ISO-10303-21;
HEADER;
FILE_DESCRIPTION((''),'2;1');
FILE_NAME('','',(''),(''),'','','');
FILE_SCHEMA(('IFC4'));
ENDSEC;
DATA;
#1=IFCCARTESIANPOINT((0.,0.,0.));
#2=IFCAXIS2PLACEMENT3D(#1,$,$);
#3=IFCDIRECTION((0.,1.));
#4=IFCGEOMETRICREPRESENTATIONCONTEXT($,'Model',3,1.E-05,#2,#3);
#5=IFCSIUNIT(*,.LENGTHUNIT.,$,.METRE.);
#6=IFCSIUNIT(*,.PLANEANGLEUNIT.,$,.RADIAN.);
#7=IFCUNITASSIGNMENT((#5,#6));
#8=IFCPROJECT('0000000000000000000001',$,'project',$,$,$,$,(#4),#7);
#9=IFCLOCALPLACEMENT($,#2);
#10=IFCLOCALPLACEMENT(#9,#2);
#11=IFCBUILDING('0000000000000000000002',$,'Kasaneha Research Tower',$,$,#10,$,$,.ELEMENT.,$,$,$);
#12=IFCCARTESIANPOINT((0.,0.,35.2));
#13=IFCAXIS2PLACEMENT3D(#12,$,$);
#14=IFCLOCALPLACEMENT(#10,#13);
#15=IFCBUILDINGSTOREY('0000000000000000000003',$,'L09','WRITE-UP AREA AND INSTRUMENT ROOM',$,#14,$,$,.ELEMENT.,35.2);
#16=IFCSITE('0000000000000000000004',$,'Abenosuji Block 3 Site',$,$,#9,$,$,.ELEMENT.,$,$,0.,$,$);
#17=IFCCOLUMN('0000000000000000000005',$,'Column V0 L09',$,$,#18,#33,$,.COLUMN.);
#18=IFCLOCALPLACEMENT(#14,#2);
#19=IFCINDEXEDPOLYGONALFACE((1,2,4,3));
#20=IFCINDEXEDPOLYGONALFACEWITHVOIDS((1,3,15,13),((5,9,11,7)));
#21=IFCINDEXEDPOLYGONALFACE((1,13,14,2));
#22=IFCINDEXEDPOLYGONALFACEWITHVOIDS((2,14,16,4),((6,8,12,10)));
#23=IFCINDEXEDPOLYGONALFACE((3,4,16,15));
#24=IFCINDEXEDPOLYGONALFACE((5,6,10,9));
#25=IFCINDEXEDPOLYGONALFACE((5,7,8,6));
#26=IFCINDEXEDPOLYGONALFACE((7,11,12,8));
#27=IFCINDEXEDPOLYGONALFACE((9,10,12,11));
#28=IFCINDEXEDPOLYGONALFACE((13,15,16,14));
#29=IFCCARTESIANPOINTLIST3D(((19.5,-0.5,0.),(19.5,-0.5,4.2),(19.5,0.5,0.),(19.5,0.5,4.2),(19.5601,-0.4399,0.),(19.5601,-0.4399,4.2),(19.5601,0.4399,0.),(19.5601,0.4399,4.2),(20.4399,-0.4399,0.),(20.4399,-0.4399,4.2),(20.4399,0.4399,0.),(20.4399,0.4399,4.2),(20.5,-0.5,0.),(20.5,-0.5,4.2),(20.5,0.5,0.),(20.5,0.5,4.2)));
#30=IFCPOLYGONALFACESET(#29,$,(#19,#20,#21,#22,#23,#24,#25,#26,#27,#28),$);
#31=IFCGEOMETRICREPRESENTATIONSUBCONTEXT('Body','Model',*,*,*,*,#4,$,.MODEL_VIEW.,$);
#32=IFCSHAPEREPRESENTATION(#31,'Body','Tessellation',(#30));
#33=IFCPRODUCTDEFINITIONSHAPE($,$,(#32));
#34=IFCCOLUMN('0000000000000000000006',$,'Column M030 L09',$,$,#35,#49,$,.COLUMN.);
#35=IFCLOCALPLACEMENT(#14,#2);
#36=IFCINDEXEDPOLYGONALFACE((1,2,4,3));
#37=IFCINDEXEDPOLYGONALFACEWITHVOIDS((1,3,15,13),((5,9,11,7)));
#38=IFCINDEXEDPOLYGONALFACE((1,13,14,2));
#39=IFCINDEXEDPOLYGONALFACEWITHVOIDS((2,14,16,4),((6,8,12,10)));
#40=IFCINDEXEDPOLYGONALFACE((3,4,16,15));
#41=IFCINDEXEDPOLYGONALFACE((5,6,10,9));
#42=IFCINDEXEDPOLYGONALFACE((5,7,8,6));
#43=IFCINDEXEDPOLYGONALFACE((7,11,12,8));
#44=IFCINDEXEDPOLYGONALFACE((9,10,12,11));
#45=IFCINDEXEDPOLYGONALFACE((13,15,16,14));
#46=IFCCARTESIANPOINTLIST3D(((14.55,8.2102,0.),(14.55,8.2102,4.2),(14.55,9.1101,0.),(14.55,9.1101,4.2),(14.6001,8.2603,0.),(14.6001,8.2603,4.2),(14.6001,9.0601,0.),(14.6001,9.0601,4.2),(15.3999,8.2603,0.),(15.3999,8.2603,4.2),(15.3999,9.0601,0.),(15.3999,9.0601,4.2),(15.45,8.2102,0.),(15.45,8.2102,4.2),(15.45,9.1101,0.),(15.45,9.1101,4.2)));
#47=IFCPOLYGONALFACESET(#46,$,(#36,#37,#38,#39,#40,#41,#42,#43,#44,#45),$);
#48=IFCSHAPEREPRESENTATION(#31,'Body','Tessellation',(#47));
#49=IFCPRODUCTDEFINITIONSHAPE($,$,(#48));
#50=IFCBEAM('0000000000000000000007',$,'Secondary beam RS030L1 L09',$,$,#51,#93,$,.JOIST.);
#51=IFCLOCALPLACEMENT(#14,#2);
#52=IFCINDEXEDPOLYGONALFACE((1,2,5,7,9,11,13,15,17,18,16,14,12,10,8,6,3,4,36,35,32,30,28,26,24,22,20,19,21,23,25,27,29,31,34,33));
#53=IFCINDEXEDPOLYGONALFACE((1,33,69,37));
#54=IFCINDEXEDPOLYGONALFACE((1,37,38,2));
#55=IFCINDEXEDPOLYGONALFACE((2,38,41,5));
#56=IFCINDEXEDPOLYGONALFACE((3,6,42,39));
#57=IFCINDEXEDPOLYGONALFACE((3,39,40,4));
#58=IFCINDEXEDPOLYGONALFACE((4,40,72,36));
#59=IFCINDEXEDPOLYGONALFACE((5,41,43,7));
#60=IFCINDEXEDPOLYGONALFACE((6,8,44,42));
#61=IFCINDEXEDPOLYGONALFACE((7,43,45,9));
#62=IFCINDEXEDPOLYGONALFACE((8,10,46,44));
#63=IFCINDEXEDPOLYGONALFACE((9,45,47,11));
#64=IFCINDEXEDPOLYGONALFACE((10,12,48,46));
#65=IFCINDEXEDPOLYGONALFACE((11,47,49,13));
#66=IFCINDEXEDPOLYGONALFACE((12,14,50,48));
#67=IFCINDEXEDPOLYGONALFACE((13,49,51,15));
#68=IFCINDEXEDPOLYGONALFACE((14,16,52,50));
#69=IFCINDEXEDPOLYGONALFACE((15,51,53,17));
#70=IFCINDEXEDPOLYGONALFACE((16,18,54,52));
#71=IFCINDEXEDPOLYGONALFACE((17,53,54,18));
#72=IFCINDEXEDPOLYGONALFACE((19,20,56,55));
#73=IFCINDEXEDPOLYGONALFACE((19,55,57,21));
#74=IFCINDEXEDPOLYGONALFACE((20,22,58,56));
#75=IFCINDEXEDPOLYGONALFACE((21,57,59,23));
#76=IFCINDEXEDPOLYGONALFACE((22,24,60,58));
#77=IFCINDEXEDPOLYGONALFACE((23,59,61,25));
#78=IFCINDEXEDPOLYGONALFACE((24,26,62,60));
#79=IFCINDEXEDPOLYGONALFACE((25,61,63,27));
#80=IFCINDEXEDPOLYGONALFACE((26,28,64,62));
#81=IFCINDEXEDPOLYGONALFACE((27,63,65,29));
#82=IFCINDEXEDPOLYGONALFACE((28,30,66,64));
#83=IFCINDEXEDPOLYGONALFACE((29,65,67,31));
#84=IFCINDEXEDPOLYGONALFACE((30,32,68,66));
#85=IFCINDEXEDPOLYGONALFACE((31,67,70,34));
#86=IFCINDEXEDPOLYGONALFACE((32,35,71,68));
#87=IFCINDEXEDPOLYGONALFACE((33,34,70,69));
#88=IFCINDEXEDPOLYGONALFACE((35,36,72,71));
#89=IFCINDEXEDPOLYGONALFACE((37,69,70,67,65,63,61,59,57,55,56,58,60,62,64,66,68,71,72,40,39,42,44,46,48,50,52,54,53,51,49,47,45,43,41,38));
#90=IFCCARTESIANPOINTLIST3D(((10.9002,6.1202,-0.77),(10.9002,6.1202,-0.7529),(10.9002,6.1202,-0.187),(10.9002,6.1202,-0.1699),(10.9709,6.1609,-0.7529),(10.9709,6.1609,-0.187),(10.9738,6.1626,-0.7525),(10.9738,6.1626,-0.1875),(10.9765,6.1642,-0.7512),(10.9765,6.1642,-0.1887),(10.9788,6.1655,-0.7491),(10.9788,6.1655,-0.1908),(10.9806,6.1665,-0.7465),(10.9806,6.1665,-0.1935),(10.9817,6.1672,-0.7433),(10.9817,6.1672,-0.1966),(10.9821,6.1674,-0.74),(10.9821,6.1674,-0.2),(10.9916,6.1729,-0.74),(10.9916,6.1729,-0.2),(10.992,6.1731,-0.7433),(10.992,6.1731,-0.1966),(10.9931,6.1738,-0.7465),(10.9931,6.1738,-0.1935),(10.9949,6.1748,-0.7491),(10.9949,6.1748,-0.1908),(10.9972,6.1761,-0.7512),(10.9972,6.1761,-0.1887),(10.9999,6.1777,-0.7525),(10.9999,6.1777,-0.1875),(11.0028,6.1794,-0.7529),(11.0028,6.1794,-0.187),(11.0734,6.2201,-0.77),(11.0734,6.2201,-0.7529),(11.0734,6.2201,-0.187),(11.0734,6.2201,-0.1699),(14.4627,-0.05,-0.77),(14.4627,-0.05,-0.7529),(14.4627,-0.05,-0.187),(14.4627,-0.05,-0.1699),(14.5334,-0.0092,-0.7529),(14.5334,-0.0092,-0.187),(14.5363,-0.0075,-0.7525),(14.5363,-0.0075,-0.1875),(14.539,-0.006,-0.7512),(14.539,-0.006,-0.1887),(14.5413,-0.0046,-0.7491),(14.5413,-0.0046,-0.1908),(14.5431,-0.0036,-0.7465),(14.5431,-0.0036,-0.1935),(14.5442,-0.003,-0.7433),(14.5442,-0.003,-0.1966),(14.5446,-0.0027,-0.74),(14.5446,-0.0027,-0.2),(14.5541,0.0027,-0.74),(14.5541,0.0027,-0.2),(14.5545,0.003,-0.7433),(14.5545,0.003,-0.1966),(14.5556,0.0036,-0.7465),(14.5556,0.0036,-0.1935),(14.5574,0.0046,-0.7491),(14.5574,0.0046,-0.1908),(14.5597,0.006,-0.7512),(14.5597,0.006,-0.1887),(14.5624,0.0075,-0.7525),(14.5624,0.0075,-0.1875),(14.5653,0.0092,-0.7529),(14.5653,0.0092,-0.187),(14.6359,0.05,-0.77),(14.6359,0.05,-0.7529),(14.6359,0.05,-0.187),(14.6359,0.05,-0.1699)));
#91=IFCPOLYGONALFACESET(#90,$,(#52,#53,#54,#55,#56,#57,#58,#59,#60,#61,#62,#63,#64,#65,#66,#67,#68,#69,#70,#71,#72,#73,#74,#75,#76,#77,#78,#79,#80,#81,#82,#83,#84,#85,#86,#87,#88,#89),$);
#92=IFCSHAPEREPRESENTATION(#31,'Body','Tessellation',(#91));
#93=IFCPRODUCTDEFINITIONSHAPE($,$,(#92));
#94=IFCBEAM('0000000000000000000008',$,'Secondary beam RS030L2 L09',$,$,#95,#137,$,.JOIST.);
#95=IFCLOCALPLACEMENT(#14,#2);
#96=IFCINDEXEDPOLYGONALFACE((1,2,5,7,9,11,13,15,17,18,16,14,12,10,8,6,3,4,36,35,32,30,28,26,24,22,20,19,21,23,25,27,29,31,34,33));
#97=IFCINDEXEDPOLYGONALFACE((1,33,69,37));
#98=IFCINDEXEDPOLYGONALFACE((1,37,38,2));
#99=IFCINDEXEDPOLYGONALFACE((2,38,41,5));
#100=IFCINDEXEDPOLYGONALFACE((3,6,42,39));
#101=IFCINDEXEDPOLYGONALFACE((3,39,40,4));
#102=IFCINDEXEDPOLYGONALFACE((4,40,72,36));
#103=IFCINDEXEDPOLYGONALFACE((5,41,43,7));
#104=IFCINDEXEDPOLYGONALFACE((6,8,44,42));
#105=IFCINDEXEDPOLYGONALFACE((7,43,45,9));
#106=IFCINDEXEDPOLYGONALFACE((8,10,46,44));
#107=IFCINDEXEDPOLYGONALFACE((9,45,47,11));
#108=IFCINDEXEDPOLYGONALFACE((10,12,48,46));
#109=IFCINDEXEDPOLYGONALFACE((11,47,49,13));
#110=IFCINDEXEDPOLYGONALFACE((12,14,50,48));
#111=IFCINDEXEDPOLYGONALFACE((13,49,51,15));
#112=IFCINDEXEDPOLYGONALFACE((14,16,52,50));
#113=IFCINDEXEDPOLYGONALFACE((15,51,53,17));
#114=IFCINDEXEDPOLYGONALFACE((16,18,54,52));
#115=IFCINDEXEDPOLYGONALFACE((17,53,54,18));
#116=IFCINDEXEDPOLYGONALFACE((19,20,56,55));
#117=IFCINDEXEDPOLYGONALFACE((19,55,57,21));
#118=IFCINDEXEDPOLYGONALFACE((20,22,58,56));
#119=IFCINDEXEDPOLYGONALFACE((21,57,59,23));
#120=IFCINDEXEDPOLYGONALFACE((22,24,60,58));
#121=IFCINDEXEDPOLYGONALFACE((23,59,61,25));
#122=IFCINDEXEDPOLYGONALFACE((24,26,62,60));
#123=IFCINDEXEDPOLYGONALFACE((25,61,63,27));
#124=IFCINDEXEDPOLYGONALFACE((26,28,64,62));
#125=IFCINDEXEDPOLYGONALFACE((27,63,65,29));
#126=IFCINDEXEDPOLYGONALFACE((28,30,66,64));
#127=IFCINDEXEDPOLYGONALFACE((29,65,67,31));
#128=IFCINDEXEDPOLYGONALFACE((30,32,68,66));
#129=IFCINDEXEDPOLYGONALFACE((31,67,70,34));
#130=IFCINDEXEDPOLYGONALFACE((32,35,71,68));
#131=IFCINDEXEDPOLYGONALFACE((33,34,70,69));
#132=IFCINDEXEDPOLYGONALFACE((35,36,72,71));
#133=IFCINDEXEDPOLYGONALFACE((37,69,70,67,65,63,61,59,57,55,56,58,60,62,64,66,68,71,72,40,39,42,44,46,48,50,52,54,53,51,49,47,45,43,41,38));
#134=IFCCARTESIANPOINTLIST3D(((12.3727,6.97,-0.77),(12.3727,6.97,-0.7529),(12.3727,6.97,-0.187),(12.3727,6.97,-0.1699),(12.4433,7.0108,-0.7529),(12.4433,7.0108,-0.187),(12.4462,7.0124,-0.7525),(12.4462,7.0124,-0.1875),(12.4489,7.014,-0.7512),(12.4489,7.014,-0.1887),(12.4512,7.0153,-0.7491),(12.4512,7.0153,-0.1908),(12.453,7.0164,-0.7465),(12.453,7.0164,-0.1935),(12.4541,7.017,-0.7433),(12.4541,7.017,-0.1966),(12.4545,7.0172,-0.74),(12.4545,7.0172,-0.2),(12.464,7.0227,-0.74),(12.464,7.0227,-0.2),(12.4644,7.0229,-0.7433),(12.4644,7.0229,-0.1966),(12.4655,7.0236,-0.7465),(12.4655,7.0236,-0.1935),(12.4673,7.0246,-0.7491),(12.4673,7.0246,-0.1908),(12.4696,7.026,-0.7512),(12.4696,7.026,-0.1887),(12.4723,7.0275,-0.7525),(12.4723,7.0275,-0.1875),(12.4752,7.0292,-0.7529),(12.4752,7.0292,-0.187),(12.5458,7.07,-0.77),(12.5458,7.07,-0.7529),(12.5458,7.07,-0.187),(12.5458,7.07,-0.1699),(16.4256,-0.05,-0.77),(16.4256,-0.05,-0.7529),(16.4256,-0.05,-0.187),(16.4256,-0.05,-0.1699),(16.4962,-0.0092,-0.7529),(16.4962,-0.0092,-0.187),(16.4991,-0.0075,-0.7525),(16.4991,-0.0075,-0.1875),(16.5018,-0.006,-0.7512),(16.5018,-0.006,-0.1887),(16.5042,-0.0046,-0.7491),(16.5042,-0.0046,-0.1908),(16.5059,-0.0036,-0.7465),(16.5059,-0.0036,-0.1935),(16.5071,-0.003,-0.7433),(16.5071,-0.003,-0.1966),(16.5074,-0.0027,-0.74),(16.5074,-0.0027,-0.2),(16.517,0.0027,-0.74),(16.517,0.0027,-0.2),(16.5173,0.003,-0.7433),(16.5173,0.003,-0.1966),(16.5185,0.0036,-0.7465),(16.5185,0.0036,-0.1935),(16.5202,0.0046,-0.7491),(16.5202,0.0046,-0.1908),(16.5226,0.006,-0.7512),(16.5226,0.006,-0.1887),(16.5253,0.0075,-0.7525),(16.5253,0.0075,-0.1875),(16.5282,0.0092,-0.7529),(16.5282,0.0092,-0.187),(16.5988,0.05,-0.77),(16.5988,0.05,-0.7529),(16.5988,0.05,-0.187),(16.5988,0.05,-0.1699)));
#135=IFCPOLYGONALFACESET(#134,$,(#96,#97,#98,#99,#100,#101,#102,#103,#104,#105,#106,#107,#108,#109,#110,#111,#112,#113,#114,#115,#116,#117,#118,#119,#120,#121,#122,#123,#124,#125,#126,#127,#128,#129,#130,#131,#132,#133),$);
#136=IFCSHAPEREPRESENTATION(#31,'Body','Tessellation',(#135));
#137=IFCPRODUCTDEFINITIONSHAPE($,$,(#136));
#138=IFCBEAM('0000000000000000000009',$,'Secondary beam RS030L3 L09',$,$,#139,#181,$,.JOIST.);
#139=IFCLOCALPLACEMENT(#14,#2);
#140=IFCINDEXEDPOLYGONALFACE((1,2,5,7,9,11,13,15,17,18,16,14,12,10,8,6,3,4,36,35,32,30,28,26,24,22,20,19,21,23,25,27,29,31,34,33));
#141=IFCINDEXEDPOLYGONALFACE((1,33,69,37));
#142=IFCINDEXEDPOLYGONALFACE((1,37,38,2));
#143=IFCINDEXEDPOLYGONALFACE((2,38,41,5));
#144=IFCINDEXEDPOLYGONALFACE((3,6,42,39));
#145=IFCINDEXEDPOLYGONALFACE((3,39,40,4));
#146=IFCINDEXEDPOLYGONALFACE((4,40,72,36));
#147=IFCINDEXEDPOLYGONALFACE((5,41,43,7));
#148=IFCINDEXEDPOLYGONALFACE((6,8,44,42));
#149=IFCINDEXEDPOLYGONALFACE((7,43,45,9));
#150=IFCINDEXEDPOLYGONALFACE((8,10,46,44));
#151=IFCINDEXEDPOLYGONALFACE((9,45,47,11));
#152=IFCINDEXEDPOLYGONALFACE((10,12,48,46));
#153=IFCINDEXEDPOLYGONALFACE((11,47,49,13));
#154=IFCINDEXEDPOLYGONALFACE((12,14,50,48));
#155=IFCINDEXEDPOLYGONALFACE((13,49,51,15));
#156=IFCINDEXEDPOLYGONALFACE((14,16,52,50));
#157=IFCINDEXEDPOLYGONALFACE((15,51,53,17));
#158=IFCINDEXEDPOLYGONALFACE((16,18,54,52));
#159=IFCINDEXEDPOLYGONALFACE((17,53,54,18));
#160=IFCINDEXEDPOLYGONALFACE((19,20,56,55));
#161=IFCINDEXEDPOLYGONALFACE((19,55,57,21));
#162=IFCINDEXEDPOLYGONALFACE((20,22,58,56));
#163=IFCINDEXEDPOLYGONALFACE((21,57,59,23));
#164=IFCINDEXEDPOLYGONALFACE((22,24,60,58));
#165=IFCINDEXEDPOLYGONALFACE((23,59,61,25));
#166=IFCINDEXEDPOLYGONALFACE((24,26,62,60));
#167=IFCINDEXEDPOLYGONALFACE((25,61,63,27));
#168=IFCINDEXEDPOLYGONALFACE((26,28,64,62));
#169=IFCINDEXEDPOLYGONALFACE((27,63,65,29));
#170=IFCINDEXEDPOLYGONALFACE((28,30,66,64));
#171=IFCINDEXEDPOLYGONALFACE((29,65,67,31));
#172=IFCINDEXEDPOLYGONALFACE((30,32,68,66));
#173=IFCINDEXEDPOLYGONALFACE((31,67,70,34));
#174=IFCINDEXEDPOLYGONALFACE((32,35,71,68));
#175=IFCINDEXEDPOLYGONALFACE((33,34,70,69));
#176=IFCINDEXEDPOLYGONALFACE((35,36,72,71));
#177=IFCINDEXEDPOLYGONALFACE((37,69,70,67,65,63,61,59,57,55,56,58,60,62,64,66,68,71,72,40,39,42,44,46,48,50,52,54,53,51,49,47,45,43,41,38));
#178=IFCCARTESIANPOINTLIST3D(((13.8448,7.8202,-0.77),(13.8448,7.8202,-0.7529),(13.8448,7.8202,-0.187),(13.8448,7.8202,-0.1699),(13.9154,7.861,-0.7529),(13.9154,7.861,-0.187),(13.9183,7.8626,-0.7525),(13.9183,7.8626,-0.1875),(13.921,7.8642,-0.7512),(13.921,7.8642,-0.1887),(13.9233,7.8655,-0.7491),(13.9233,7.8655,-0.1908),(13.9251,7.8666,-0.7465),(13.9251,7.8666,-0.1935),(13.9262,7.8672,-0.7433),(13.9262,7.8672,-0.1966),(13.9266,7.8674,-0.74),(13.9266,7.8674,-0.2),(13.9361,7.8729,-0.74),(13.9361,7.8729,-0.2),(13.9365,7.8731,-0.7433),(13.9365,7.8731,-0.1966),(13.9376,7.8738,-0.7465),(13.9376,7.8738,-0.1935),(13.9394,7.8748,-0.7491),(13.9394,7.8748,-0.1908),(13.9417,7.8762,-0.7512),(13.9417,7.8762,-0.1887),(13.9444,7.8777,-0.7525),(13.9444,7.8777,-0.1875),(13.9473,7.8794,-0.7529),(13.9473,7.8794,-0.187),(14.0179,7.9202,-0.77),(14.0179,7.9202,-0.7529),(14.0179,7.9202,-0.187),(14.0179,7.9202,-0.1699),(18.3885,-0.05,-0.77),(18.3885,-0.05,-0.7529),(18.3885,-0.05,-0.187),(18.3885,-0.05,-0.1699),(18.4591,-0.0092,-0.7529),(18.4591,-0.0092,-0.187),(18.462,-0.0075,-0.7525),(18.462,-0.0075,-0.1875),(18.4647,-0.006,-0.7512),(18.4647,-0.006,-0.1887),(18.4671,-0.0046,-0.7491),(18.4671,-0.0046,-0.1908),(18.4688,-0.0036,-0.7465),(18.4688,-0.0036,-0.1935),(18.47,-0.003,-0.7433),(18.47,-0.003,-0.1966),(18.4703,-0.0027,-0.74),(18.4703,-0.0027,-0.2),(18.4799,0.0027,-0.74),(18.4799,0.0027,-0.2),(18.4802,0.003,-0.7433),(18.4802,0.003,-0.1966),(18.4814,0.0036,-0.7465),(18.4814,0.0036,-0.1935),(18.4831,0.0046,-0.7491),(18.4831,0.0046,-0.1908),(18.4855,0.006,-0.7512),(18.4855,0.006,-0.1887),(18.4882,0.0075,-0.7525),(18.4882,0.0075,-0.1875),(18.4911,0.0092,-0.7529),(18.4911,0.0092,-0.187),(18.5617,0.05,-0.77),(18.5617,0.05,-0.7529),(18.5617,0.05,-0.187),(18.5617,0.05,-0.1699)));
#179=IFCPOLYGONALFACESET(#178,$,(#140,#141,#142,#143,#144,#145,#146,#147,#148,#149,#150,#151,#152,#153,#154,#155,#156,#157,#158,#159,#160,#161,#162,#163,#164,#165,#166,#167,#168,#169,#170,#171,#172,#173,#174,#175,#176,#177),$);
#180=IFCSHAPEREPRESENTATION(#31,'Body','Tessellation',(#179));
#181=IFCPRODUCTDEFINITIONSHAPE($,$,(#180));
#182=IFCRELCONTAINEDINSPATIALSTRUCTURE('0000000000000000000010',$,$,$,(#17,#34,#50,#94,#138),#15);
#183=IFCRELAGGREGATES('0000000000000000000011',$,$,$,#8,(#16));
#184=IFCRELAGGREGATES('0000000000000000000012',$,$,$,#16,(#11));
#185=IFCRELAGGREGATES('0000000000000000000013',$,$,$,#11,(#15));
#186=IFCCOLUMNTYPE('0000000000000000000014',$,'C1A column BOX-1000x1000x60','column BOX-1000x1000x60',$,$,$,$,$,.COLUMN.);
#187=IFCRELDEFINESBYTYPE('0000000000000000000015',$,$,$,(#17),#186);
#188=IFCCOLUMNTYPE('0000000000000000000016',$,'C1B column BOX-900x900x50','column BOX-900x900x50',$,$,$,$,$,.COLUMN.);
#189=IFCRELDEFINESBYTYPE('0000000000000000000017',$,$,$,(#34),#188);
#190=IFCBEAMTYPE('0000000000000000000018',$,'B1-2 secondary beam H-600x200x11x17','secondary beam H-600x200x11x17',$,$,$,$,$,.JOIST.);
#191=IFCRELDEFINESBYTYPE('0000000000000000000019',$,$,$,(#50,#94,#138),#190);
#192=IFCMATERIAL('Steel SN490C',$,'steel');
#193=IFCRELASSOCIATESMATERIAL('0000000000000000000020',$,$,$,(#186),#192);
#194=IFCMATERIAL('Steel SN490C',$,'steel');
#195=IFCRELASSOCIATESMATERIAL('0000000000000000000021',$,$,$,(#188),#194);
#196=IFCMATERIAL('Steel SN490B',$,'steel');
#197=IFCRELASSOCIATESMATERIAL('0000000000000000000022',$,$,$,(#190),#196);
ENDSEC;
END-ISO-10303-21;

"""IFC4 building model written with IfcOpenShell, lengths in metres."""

from ifc_helpers import new_model, si_unit, direction, frame, origin, origin_2d, place, context, subcontext, project, spatial, hollow_rectangle, i_section, extrude, material, material_profile, profile_set, type_object, element, save


model = new_model("IFC4")

# Units and contexts
model_context = context("Model", 3, precision=1e-05, world=origin(), true_north=direction((0.0, 1.0)))
body_context = subcontext(model_context, "Body", "Model", "MODEL_VIEW")
ifc_project = project(units=[si_unit("LENGTHUNIT", "METRE"), si_unit("PLANEANGLEUNIT", "RADIAN")], contexts=[model_context])

# Site, building, storey
site_placement = place(None, origin())
site = spatial("IfcSite", under=ifc_project, at=site_placement, Name="Abenosuji Block 3 Site", CompositionType="ELEMENT", RefElevation=0.0)
building_placement = place(site_placement, origin())
building = spatial("IfcBuilding", under=site, at=building_placement, Name="Kasaneha Research Tower", CompositionType="ELEMENT")
storey_placement = place(building_placement, frame((0.0, 0.0, 35.2)))
storey = spatial("IfcBuildingStorey", under=building, at=storey_placement, Name="L09", Description="WRITE-UP AREA AND INSTRUMENT ROOM", CompositionType="ELEMENT", Elevation=35.2)

# Columns
ifc_material_1 = material(Name="Steel SN490C", Category="steel")
ifc_material_profile_1 = material_profile(ifc_material_1, hollow_rectangle(XDim=1.0, YDim=1.0, WallThickness=0.0601, at=origin_2d()), Name="BOX-1000x1000x60")
ifc_profile_set_1 = profile_set([ifc_material_profile_1], Name="Steel SN490C")
column_type_1 = type_object("IfcColumnType", Name="C1A column BOX-1000x1000x60", Description="column BOX-1000x1000x60", PredefinedType="COLUMN", material=ifc_profile_set_1)
column_1_placement = place(storey_placement, frame((20.0, 0.0, 0.0), z_axis=(0.0, 0.0, 1.0), x_axis=(1.0, 0.0, 0.0)))
element("IfcColumn", 1, at=column_1_placement, inside=storey, type_object=column_type_1, Name="Column V0 L09", PredefinedType="COLUMN", context=body_context, shape_type="SweptSolid", body=[
    extrude(hollow_rectangle(XDim=1.0, YDim=1.0, WallThickness=0.0601, at=origin_2d()), origin(), (0.0, 0.0, 1.0), 4.2),
])
ifc_material_2 = material(Name="Steel SN490C", Category="steel")
ifc_material_profile_2 = material_profile(ifc_material_2, hollow_rectangle(XDim=0.8999, YDim=0.8999, WallThickness=0.05, at=origin_2d()), Name="BOX-900x900x50")
ifc_profile_set_2 = profile_set([ifc_material_profile_2], Name="Steel SN490C")
column_type_2 = type_object("IfcColumnType", Name="C1B column BOX-900x900x50", Description="column BOX-900x900x50", PredefinedType="COLUMN", material=ifc_profile_set_2)
column_2_placement = place(storey_placement, frame((15.0, 8.6602, 0.0), z_axis=(0.0, 0.0, 1.0), x_axis=(1.0, 0.0, 0.0)))
element("IfcColumn", 2, at=column_2_placement, inside=storey, type_object=column_type_2, Name="Column M030 L09", PredefinedType="COLUMN", context=body_context, shape_type="SweptSolid", body=[
    extrude(hollow_rectangle(XDim=0.8999, YDim=0.8999, WallThickness=0.05, at=origin_2d()), origin(), (0.0, 0.0, 1.0), 4.2),
])

# Beams
ifc_material_3 = material(Name="Steel SN490B", Category="steel")
ifc_material_profile_3 = material_profile(ifc_material_3, i_section(OverallWidth=0.2, OverallDepth=0.6001, WebThickness=0.011, FlangeThickness=0.0171, FilletRadius=0.0129, at=origin_2d()), Name="H-600x200x11x17")
ifc_profile_set_3 = profile_set([ifc_material_profile_3], Name="Steel SN490B")
beam_type_1 = type_object("IfcBeamType", Name="B1-2 secondary beam H-600x200x11x17", Description="secondary beam H-600x200x11x17", PredefinedType="JOIST", material=ifc_profile_set_3)
beam_1_placement = place(storey_placement, frame((14.5493, 0.0, -0.47), z_axis=(-0.500016, 0.866016, 0.0), x_axis=(-0.866016, -0.500016, 0.0)))
element("IfcBeam", 3, at=beam_1_placement, inside=storey, type_object=beam_type_1, Name="Secondary beam RS030L1 L09", PredefinedType="JOIST", context=body_context, shape_type="SweptSolid", body=[
    extrude(i_section(OverallWidth=0.2, OverallDepth=0.6001, WebThickness=0.011, FlangeThickness=0.0171, FilletRadius=0.0129, at=origin_2d()), origin(), (0.0, 0.0, 1.0), 7.1248),
])
beam_2_placement = place(storey_placement, frame((16.5122, 0.0, -0.47), z_axis=(-0.499997, 0.866027, 0.0), x_axis=(-0.866027, -0.499997, 0.0)))
element("IfcBeam", 4, at=beam_2_placement, inside=storey, type_object=beam_type_1, Name="Secondary beam RS030L2 L09", PredefinedType="JOIST", context=body_context, shape_type="SweptSolid", body=[
    extrude(i_section(OverallWidth=0.2, OverallDepth=0.6001, WebThickness=0.011, FlangeThickness=0.0171, FilletRadius=0.0129, at=origin_2d()), origin(), (0.0, 0.0, 1.0), 8.106),
])
beam_3_placement = place(storey_placement, frame((18.4751, 0.0, -0.47), z_axis=(-0.499991, 0.866031, 0.0), x_axis=(-0.866031, -0.499991, 0.0)))
element("IfcBeam", 5, at=beam_3_placement, inside=storey, type_object=beam_type_1, Name="Secondary beam RS030L3 L09", PredefinedType="JOIST", context=body_context, shape_type="SweptSolid", body=[
    extrude(i_section(OverallWidth=0.2, OverallDepth=0.6001, WebThickness=0.011, FlangeThickness=0.0171, FilletRadius=0.0129, at=origin_2d()), origin(), (0.0, 0.0, 1.0), 9.0876),
])

save(model, "model.ifc")
